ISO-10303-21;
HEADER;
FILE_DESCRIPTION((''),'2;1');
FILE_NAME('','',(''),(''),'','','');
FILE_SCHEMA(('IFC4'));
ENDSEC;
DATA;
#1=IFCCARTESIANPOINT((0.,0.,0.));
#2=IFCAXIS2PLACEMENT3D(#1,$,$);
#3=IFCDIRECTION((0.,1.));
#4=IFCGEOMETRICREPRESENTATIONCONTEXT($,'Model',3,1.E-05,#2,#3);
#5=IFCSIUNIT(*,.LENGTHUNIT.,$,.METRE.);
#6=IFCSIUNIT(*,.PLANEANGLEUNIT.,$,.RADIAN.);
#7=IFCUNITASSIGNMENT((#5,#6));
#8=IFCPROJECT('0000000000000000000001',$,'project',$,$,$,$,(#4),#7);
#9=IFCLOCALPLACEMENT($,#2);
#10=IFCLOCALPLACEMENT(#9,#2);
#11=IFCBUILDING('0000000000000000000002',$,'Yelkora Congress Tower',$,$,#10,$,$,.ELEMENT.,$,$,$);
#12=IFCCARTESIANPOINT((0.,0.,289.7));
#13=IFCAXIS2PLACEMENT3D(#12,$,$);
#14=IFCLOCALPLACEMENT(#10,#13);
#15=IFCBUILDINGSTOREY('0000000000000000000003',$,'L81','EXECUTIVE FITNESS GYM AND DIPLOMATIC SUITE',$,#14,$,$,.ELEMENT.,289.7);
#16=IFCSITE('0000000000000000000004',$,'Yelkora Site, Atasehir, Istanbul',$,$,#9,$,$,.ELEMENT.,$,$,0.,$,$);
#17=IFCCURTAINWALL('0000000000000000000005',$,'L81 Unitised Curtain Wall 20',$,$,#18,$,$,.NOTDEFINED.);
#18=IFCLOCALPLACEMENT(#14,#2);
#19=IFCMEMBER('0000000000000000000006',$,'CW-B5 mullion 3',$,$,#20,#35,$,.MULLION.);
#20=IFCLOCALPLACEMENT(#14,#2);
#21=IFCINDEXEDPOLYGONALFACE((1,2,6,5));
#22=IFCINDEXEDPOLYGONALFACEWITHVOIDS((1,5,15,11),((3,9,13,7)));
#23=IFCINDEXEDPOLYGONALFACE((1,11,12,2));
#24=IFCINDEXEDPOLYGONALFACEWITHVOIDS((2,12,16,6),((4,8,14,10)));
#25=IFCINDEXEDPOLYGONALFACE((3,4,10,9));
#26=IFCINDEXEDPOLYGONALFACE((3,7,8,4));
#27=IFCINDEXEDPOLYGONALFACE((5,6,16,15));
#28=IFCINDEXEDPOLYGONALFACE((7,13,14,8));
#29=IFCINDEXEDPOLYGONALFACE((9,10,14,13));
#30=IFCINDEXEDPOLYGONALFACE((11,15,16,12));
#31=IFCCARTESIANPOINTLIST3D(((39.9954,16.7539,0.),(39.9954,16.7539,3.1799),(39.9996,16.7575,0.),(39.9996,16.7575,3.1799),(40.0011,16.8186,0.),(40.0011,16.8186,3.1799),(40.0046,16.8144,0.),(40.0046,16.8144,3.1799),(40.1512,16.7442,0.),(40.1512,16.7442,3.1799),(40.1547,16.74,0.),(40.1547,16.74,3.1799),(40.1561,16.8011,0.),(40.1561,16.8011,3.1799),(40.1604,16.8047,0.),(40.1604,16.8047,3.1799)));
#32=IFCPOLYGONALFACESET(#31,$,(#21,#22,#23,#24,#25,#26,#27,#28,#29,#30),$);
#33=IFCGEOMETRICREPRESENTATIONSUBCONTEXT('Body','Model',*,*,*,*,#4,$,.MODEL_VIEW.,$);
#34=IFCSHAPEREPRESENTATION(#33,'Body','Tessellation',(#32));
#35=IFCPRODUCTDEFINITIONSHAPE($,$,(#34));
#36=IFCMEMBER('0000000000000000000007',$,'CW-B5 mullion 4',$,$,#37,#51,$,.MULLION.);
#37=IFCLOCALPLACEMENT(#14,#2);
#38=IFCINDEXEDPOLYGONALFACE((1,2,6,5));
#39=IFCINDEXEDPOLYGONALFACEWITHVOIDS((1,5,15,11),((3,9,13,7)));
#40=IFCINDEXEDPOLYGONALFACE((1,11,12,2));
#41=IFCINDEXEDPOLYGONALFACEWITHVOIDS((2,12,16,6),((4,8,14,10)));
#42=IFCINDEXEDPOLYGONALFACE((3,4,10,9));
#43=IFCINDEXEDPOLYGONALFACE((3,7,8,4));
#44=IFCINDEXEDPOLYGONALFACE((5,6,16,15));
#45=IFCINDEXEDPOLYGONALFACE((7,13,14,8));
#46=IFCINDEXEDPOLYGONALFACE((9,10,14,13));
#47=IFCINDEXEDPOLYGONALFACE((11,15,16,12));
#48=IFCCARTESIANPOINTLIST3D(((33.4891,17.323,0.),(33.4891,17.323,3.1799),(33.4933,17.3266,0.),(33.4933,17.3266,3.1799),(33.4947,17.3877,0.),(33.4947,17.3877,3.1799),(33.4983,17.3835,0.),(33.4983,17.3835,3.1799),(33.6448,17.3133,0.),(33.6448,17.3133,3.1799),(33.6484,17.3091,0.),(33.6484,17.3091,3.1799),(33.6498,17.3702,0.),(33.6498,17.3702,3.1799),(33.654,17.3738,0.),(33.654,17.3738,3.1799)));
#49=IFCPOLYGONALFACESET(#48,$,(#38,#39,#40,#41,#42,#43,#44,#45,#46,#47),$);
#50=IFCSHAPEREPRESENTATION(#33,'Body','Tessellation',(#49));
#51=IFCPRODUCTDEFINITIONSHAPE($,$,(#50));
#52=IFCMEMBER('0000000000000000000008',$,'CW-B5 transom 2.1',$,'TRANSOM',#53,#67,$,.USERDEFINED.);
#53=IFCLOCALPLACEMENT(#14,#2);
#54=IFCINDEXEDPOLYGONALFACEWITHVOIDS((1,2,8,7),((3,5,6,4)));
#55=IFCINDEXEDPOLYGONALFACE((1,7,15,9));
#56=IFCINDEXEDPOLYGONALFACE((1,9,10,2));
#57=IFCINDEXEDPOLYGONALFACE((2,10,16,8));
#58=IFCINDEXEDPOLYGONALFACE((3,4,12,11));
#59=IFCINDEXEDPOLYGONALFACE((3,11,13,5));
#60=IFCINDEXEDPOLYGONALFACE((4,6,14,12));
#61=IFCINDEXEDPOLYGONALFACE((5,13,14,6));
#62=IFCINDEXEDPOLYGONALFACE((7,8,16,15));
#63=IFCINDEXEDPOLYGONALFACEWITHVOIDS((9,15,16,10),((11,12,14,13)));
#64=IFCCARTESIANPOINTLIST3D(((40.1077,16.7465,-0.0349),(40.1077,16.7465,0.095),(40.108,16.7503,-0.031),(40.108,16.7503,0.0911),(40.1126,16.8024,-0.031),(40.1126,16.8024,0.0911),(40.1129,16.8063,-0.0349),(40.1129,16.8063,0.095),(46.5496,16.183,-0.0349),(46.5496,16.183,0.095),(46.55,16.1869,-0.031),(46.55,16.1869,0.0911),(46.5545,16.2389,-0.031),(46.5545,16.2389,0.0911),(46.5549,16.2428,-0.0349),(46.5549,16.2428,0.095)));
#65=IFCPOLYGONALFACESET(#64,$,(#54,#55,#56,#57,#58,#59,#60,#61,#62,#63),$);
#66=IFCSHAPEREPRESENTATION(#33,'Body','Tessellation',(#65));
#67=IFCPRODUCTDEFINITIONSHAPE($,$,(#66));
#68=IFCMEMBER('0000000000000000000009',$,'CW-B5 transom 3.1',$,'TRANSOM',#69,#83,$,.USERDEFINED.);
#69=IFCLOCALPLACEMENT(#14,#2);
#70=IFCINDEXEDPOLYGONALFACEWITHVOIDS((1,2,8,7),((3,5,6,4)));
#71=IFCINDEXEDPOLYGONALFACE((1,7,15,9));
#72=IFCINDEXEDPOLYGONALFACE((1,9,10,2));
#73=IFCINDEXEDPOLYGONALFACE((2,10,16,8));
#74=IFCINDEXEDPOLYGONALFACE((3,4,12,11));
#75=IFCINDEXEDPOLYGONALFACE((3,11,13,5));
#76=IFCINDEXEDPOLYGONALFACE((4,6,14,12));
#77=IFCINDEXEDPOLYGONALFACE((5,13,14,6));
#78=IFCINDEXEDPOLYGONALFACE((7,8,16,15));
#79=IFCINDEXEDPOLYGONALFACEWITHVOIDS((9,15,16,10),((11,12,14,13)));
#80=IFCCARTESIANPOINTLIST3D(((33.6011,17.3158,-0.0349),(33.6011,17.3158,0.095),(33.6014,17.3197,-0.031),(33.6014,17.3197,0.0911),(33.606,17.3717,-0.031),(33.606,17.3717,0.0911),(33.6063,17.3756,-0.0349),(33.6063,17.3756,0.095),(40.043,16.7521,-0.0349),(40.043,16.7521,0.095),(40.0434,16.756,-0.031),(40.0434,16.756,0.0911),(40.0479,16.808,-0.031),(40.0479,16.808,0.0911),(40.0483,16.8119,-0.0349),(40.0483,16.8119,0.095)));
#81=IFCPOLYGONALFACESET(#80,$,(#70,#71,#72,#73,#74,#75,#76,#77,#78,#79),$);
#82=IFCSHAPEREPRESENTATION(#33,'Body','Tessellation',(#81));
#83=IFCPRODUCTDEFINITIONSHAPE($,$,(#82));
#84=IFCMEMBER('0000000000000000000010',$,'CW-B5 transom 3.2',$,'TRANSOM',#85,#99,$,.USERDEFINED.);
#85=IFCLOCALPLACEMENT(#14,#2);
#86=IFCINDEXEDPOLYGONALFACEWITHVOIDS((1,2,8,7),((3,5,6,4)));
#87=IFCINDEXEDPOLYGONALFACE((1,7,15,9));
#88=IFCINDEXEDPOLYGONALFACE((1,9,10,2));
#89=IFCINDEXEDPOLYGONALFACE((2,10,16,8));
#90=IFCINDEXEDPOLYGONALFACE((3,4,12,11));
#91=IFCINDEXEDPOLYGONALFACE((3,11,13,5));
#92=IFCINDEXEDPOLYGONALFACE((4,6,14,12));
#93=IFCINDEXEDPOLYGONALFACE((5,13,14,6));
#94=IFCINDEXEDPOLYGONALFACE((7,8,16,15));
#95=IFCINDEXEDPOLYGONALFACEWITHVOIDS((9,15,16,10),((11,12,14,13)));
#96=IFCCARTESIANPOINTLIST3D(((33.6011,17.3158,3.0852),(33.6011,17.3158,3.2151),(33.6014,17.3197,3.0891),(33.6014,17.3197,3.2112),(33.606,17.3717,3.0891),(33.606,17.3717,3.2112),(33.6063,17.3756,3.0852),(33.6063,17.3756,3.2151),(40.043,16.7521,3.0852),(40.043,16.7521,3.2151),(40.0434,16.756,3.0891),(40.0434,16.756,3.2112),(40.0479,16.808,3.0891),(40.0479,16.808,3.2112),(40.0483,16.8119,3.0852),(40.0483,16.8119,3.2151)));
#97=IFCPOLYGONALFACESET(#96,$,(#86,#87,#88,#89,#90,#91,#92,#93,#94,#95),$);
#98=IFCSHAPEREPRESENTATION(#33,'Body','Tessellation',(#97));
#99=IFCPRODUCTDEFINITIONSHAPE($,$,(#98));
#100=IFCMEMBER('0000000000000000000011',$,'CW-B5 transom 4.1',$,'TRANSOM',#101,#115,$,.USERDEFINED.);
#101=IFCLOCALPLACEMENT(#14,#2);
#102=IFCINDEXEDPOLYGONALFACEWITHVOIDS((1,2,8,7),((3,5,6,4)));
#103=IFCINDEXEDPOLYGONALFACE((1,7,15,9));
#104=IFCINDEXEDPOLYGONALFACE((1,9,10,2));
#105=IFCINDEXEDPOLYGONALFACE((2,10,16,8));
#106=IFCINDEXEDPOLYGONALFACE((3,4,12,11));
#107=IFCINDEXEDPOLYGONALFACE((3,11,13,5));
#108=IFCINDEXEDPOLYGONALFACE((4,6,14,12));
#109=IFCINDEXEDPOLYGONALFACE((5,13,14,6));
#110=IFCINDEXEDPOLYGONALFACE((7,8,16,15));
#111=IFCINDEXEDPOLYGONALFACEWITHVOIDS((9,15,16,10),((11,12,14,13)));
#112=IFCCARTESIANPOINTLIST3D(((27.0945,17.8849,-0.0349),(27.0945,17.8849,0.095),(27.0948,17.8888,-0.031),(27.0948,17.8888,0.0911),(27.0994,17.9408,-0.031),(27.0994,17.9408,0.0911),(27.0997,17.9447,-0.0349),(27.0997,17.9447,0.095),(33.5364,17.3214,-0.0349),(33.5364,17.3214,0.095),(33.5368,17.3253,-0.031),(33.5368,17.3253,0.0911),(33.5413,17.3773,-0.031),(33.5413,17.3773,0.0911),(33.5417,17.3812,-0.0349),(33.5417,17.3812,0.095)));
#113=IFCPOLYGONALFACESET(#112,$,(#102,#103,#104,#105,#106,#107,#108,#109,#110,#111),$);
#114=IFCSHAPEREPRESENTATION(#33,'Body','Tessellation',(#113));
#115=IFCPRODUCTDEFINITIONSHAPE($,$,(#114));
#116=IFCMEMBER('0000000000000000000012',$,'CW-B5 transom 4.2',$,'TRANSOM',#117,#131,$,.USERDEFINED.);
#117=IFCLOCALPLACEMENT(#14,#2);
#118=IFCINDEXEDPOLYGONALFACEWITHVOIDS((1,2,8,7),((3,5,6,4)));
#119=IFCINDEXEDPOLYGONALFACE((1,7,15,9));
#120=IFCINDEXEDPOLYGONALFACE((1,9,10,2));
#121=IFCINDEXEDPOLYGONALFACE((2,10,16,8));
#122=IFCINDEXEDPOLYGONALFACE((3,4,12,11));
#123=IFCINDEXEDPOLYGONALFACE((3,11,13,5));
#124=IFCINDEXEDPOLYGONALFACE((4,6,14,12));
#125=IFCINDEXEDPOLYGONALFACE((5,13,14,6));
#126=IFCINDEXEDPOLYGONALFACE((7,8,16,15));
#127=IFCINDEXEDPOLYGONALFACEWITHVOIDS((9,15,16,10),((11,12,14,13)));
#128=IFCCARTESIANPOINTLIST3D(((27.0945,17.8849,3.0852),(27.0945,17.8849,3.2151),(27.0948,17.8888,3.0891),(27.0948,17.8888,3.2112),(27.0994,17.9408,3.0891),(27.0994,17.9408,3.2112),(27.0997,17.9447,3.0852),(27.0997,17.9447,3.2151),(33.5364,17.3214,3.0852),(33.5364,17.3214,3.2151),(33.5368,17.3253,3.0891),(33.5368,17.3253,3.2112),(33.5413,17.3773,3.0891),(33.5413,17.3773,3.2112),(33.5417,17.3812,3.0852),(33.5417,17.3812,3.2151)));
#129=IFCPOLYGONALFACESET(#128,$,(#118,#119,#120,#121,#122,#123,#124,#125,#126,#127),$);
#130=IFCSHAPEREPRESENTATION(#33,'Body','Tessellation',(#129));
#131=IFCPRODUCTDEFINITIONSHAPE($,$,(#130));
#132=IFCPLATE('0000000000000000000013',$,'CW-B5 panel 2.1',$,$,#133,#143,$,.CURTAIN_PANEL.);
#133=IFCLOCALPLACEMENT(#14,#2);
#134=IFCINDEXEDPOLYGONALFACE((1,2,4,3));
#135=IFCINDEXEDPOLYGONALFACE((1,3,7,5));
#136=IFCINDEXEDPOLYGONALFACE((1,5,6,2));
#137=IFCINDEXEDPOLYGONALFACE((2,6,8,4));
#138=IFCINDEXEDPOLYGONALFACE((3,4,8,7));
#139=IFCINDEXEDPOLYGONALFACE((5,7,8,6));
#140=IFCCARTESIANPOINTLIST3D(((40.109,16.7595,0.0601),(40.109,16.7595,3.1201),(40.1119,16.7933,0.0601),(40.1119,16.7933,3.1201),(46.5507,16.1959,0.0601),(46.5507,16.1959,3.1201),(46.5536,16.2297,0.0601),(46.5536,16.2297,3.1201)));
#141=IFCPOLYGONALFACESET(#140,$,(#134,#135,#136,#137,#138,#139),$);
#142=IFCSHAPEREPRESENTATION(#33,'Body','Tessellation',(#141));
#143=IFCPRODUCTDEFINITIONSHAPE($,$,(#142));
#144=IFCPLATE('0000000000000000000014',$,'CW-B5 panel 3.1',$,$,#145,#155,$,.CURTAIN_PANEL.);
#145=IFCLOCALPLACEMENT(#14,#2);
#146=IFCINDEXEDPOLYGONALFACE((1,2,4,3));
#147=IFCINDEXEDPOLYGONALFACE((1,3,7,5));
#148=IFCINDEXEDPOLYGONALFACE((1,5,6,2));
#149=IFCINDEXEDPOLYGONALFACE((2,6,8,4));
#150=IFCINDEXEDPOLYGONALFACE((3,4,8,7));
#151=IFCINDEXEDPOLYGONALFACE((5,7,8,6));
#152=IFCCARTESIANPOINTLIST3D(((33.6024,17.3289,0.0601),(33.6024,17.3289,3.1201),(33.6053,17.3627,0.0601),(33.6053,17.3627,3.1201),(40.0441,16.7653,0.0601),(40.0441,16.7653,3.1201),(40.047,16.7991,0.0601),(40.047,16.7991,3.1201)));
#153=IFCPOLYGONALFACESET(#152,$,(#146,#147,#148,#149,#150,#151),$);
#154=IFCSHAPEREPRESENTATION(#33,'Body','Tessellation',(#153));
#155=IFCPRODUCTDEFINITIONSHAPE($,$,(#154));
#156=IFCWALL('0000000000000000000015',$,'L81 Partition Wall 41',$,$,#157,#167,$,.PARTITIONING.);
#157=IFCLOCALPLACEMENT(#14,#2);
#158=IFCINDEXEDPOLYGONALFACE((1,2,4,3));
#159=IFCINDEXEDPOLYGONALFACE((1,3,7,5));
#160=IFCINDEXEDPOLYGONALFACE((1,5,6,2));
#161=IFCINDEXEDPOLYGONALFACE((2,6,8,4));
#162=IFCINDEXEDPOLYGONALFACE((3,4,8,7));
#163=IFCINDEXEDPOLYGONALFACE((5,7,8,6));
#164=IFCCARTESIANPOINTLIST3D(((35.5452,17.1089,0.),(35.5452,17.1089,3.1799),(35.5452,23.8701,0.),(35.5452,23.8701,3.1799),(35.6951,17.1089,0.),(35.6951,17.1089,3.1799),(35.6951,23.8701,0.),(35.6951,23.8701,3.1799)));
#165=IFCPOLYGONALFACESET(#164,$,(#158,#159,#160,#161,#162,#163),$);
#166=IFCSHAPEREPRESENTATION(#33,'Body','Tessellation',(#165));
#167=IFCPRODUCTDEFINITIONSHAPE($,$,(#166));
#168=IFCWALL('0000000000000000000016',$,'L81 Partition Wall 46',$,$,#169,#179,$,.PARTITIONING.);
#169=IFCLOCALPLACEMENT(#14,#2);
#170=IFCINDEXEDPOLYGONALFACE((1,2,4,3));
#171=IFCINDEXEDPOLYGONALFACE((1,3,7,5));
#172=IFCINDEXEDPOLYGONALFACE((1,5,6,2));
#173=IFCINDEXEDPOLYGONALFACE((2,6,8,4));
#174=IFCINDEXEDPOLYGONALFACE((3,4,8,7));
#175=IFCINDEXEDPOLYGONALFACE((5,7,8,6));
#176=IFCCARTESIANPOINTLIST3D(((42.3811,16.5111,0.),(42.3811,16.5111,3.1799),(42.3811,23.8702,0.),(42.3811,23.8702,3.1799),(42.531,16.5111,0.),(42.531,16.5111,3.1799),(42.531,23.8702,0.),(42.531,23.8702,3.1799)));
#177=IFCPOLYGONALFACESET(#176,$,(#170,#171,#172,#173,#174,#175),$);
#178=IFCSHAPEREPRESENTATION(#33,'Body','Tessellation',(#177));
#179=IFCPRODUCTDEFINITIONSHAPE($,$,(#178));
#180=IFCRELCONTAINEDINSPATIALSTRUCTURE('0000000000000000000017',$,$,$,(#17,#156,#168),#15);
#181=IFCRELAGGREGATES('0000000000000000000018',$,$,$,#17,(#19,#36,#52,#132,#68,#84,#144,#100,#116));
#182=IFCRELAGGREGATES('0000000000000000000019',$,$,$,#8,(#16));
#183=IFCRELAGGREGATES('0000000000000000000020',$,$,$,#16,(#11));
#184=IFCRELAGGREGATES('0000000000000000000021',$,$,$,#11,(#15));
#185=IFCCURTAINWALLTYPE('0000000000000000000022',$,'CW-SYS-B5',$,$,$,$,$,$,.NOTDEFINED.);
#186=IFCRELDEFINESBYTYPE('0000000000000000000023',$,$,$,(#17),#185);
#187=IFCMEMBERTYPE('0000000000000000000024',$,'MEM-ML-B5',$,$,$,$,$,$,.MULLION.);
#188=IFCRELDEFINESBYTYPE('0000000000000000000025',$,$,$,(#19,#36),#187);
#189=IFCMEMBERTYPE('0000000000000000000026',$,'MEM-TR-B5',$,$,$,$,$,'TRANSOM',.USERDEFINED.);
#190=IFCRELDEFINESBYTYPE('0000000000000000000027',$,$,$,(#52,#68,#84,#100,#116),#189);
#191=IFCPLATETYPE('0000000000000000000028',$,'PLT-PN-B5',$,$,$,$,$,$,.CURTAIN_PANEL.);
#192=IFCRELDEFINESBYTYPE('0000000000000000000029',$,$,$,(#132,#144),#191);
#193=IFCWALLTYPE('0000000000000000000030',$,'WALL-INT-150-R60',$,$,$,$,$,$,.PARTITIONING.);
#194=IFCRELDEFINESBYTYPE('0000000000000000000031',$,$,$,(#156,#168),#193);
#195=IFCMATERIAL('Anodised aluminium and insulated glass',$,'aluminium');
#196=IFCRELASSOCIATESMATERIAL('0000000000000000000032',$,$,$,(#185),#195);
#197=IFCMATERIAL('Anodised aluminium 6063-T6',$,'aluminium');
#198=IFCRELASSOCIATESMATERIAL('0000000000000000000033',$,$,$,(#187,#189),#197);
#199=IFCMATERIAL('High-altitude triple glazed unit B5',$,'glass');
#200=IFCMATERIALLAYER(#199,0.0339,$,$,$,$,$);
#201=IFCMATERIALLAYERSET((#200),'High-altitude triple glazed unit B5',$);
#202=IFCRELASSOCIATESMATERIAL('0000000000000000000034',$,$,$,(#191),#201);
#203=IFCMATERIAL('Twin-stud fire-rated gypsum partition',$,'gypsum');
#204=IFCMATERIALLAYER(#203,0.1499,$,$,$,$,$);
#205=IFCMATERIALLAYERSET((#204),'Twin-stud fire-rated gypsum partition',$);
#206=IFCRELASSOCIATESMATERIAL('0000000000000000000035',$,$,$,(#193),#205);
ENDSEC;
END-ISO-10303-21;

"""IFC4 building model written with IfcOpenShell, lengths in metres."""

from ifc_helpers import new_model, si_unit, direction, frame, frame_2d, origin, origin_2d, place, context, subcontext, project, spatial, rectangle, hollow_rectangle, extrude, material, layer, layer_set, material_profile, profile_set, type_object, element, aggregate, save


model = new_model("IFC4")

# Units and contexts
model_context = context("Model", 3, precision=1e-05, world=origin(), true_north=direction((0.0, 1.0)))
body_context = subcontext(model_context, "Body", "Model", "MODEL_VIEW")
ifc_project = project(units=[si_unit("LENGTHUNIT", "METRE"), si_unit("PLANEANGLEUNIT", "RADIAN")], contexts=[model_context])

# Site, building, storey
site_placement = place(None, origin())
site = spatial("IfcSite", under=ifc_project, at=site_placement, Name="Yelkora Site, Atasehir, Istanbul", CompositionType="ELEMENT", RefElevation=0.0)
building_placement = place(site_placement, origin())
building = spatial("IfcBuilding", under=site, at=building_placement, Name="Yelkora Congress Tower", CompositionType="ELEMENT")
storey_placement = place(building_placement, frame((0.0, 0.0, 289.7)))
storey = spatial("IfcBuildingStorey", under=building, at=storey_placement, Name="L81", Description="EXECUTIVE FITNESS GYM AND DIPLOMATIC SUITE", CompositionType="ELEMENT", Elevation=289.7)

# Curtain wall, members, plates
ifc_material_1 = material(Name="Anodised aluminium and insulated glass", Category="aluminium")
curtain_wall_type = type_object("IfcCurtainWallType", Name="CW-SYS-B5", PredefinedType="NOTDEFINED", material=ifc_material_1)
curtain_wall_placement = place(storey_placement, origin())
curtain_wall = element("IfcCurtainWall", 1, at=curtain_wall_placement, inside=storey, type_object=curtain_wall_type, Name="L81 Unitised Curtain Wall 20", PredefinedType="NOTDEFINED")
ifc_material_2 = material(Name="Anodised aluminium 6063-T6", Category="aluminium")
ifc_material_profile_1 = material_profile(ifc_material_2, hollow_rectangle(XDim=0.0649, YDim=0.1599, WallThickness=0.0039, at=origin_2d()), Name="ALU 65x160x4")
ifc_profile_set_1 = profile_set([ifc_material_profile_1], Name="Anodised aluminium 6063-T6")
member_type_1 = type_object("IfcMemberType", Name="MEM-ML-B5", PredefinedType="MULLION", material=ifc_profile_set_1)
member_1_placement = place(storey_placement, frame((40.0779, 16.7793, 0.0), z_axis=(0.0, 0.0, 1.0), x_axis=(-0.087157, -0.996195, 0.0)))
member_1 = element("IfcMember", 2, at=member_1_placement, type_object=member_type_1, Name="CW-B5 mullion 3", PredefinedType="MULLION", context=body_context, shape_type="SweptSolid", body=[
    extrude(hollow_rectangle(XDim=0.0649, YDim=0.1599, WallThickness=0.0039, at=origin_2d()), origin(), (0.0, 0.0, 1.0), 3.1799),
])
member_2_placement = place(storey_placement, frame((33.5715, 17.3484, 0.0), z_axis=(0.0, 0.0, 1.0), x_axis=(-0.087157, -0.996195, 0.0)))
member_2 = element("IfcMember", 3, at=member_2_placement, type_object=member_type_1, Name="CW-B5 mullion 4", PredefinedType="MULLION", context=body_context, shape_type="SweptSolid", body=[
    extrude(hollow_rectangle(XDim=0.0649, YDim=0.1599, WallThickness=0.0039, at=origin_2d()), origin(), (0.0, 0.0, 1.0), 3.1799),
])
ifc_material_profile_2 = material_profile(ifc_material_2, hollow_rectangle(XDim=0.0601, YDim=0.1299, WallThickness=0.0039, at=origin_2d()), Name="ALU 60x130x4")
ifc_profile_set_2 = profile_set([ifc_material_profile_2], Name="Anodised aluminium 6063-T6")
member_type_2 = type_object("IfcMemberType", Name="MEM-TR-B5", ElementType="TRANSOM", PredefinedType="USERDEFINED", material=ifc_profile_set_2)
member_3_placement = place(storey_placement, frame((46.5522, 16.2129, 0.03), z_axis=(-0.996196, 0.087138, 0.0), x_axis=(-0.087138, -0.996196, 0.0)))
member_3 = element("IfcMember", 4, at=member_3_placement, type_object=member_type_2, Name="CW-B5 transom 2.1", ObjectType="TRANSOM", PredefinedType="USERDEFINED", context=body_context, shape_type="SweptSolid", body=[
    extrude(hollow_rectangle(XDim=0.0601, YDim=0.1299, WallThickness=0.0039, at=origin_2d()), origin(), (0.0, 0.0, 1.0), 6.4666),
])
member_4_placement = place(storey_placement, frame((40.0457, 16.782, 0.03), z_axis=(-0.996193, 0.087175, 0.0), x_axis=(-0.087175, -0.996193, 0.0)))
member_4 = element("IfcMember", 5, at=member_4_placement, type_object=member_type_2, Name="CW-B5 transom 3.1", ObjectType="TRANSOM", PredefinedType="USERDEFINED", context=body_context, shape_type="SweptSolid", body=[
    extrude(hollow_rectangle(XDim=0.0601, YDim=0.1299, WallThickness=0.0039, at=origin_2d()), origin(), (0.0, 0.0, 1.0), 6.4666),
])
member_5_placement = place(storey_placement, frame((40.0457, 16.782, 3.1501), z_axis=(-0.996193, 0.087175, 0.0), x_axis=(-0.087175, -0.996193, 0.0)))
member_5 = element("IfcMember", 6, at=member_5_placement, type_object=member_type_2, Name="CW-B5 transom 3.2", ObjectType="TRANSOM", PredefinedType="USERDEFINED", context=body_context, shape_type="SweptSolid", body=[
    extrude(hollow_rectangle(XDim=0.0601, YDim=0.1299, WallThickness=0.0039, at=origin_2d()), origin(), (0.0, 0.0, 1.0), 6.4666),
])
member_6_placement = place(storey_placement, frame((33.5391, 17.3513, 0.03), z_axis=(-0.996196, 0.087138, 0.0), x_axis=(-0.087138, -0.996196, 0.0)))
member_6 = element("IfcMember", 7, at=member_6_placement, type_object=member_type_2, Name="CW-B5 transom 4.1", ObjectType="TRANSOM", PredefinedType="USERDEFINED", context=body_context, shape_type="SweptSolid", body=[
    extrude(hollow_rectangle(XDim=0.0601, YDim=0.1299, WallThickness=0.0039, at=origin_2d()), origin(), (0.0, 0.0, 1.0), 6.4666),
])
member_7_placement = place(storey_placement, frame((33.5391, 17.3513, 3.1501), z_axis=(-0.996196, 0.087138, 0.0), x_axis=(-0.087138, -0.996196, 0.0)))
member_7 = element("IfcMember", 8, at=member_7_placement, type_object=member_type_2, Name="CW-B5 transom 4.2", ObjectType="TRANSOM", PredefinedType="USERDEFINED", context=body_context, shape_type="SweptSolid", body=[
    extrude(hollow_rectangle(XDim=0.0601, YDim=0.1299, WallThickness=0.0039, at=origin_2d()), origin(), (0.0, 0.0, 1.0), 6.4666),
])
ifc_material_3 = material(Name="High-altitude triple glazed unit B5", Category="glass")
ifc_layer_1 = layer(ifc_material_3, 0.0339)
ifc_layer_set_1 = layer_set([ifc_layer_1], Name="High-altitude triple glazed unit B5")
plate_type = type_object("IfcPlateType", Name="PLT-PN-B5", PredefinedType="CURTAIN_PANEL", material=ifc_layer_set_1)
plate_1_placement = place(storey_placement, frame((43.3313, 16.4946, 0.0601), z_axis=(0.0, 0.0, 1.0), x_axis=(-0.996195, 0.087157, 0.0)))
plate_1 = element("IfcPlate", 9, at=plate_1_placement, type_object=plate_type, Name="CW-B5 panel 2.1", PredefinedType="CURTAIN_PANEL", context=body_context, shape_type="SweptSolid", body=[
    extrude(rectangle(XDim=6.4663, YDim=0.0339, at=origin_2d()), origin(), (0.0, 0.0, 1.0), 3.0601),
])
plate_2_placement = place(storey_placement, frame((36.8247, 17.064, 0.0601), z_axis=(0.0, 0.0, 1.0), x_axis=(-0.996195, 0.087157, 0.0)))
plate_2 = element("IfcPlate", 10, at=plate_2_placement, type_object=plate_type, Name="CW-B5 panel 3.1", PredefinedType="CURTAIN_PANEL", context=body_context, shape_type="SweptSolid", body=[
    extrude(rectangle(XDim=6.4663, YDim=0.0339, at=origin_2d()), origin(), (0.0, 0.0, 1.0), 3.0601),
])
aggregate(curtain_wall, [member_1, member_2, member_3, plate_1, member_4, member_5, plate_2, member_6, member_7])

# Walls
ifc_material_4 = material(Name="Twin-stud fire-rated gypsum partition", Category="gypsum")
ifc_layer_2 = layer(ifc_material_4, 0.1499)
ifc_layer_set_2 = layer_set([ifc_layer_2], Name="Twin-stud fire-rated gypsum partition")
wall_type = type_object("IfcWallType", Name="WALL-INT-150-R60", PredefinedType="PARTITIONING", material=ifc_layer_set_2)
wall_1_placement = place(storey_placement, frame((35.6201, 17.1089, 0.0), z_axis=(0.0, 0.0, 1.0), x_axis=(0.0, 1.0, 0.0)))
element("IfcWall", 11, at=wall_1_placement, inside=storey, type_object=wall_type, Name="L81 Partition Wall 41", PredefinedType="PARTITIONING", context=body_context, shape_type="SweptSolid", body=[
    extrude(rectangle(XDim=6.7612, YDim=0.1499, at=frame_2d((3.3806, 0.0))), origin(), (0.0, 0.0, 1.0), 3.1799),
])
wall_2_placement = place(storey_placement, frame((42.4561, 16.511, 0.0), z_axis=(0.0, 0.0, 1.0), x_axis=(0.0, 1.0, 0.0)))
element("IfcWall", 12, at=wall_2_placement, inside=storey, type_object=wall_type, Name="L81 Partition Wall 46", PredefinedType="PARTITIONING", context=body_context, shape_type="SweptSolid", body=[
    extrude(rectangle(XDim=7.3591, YDim=0.1499, at=frame_2d((3.6797, 0.0))), origin(), (0.0, 0.0, 1.0), 3.1799),
])

save(model, "model.ifc")
